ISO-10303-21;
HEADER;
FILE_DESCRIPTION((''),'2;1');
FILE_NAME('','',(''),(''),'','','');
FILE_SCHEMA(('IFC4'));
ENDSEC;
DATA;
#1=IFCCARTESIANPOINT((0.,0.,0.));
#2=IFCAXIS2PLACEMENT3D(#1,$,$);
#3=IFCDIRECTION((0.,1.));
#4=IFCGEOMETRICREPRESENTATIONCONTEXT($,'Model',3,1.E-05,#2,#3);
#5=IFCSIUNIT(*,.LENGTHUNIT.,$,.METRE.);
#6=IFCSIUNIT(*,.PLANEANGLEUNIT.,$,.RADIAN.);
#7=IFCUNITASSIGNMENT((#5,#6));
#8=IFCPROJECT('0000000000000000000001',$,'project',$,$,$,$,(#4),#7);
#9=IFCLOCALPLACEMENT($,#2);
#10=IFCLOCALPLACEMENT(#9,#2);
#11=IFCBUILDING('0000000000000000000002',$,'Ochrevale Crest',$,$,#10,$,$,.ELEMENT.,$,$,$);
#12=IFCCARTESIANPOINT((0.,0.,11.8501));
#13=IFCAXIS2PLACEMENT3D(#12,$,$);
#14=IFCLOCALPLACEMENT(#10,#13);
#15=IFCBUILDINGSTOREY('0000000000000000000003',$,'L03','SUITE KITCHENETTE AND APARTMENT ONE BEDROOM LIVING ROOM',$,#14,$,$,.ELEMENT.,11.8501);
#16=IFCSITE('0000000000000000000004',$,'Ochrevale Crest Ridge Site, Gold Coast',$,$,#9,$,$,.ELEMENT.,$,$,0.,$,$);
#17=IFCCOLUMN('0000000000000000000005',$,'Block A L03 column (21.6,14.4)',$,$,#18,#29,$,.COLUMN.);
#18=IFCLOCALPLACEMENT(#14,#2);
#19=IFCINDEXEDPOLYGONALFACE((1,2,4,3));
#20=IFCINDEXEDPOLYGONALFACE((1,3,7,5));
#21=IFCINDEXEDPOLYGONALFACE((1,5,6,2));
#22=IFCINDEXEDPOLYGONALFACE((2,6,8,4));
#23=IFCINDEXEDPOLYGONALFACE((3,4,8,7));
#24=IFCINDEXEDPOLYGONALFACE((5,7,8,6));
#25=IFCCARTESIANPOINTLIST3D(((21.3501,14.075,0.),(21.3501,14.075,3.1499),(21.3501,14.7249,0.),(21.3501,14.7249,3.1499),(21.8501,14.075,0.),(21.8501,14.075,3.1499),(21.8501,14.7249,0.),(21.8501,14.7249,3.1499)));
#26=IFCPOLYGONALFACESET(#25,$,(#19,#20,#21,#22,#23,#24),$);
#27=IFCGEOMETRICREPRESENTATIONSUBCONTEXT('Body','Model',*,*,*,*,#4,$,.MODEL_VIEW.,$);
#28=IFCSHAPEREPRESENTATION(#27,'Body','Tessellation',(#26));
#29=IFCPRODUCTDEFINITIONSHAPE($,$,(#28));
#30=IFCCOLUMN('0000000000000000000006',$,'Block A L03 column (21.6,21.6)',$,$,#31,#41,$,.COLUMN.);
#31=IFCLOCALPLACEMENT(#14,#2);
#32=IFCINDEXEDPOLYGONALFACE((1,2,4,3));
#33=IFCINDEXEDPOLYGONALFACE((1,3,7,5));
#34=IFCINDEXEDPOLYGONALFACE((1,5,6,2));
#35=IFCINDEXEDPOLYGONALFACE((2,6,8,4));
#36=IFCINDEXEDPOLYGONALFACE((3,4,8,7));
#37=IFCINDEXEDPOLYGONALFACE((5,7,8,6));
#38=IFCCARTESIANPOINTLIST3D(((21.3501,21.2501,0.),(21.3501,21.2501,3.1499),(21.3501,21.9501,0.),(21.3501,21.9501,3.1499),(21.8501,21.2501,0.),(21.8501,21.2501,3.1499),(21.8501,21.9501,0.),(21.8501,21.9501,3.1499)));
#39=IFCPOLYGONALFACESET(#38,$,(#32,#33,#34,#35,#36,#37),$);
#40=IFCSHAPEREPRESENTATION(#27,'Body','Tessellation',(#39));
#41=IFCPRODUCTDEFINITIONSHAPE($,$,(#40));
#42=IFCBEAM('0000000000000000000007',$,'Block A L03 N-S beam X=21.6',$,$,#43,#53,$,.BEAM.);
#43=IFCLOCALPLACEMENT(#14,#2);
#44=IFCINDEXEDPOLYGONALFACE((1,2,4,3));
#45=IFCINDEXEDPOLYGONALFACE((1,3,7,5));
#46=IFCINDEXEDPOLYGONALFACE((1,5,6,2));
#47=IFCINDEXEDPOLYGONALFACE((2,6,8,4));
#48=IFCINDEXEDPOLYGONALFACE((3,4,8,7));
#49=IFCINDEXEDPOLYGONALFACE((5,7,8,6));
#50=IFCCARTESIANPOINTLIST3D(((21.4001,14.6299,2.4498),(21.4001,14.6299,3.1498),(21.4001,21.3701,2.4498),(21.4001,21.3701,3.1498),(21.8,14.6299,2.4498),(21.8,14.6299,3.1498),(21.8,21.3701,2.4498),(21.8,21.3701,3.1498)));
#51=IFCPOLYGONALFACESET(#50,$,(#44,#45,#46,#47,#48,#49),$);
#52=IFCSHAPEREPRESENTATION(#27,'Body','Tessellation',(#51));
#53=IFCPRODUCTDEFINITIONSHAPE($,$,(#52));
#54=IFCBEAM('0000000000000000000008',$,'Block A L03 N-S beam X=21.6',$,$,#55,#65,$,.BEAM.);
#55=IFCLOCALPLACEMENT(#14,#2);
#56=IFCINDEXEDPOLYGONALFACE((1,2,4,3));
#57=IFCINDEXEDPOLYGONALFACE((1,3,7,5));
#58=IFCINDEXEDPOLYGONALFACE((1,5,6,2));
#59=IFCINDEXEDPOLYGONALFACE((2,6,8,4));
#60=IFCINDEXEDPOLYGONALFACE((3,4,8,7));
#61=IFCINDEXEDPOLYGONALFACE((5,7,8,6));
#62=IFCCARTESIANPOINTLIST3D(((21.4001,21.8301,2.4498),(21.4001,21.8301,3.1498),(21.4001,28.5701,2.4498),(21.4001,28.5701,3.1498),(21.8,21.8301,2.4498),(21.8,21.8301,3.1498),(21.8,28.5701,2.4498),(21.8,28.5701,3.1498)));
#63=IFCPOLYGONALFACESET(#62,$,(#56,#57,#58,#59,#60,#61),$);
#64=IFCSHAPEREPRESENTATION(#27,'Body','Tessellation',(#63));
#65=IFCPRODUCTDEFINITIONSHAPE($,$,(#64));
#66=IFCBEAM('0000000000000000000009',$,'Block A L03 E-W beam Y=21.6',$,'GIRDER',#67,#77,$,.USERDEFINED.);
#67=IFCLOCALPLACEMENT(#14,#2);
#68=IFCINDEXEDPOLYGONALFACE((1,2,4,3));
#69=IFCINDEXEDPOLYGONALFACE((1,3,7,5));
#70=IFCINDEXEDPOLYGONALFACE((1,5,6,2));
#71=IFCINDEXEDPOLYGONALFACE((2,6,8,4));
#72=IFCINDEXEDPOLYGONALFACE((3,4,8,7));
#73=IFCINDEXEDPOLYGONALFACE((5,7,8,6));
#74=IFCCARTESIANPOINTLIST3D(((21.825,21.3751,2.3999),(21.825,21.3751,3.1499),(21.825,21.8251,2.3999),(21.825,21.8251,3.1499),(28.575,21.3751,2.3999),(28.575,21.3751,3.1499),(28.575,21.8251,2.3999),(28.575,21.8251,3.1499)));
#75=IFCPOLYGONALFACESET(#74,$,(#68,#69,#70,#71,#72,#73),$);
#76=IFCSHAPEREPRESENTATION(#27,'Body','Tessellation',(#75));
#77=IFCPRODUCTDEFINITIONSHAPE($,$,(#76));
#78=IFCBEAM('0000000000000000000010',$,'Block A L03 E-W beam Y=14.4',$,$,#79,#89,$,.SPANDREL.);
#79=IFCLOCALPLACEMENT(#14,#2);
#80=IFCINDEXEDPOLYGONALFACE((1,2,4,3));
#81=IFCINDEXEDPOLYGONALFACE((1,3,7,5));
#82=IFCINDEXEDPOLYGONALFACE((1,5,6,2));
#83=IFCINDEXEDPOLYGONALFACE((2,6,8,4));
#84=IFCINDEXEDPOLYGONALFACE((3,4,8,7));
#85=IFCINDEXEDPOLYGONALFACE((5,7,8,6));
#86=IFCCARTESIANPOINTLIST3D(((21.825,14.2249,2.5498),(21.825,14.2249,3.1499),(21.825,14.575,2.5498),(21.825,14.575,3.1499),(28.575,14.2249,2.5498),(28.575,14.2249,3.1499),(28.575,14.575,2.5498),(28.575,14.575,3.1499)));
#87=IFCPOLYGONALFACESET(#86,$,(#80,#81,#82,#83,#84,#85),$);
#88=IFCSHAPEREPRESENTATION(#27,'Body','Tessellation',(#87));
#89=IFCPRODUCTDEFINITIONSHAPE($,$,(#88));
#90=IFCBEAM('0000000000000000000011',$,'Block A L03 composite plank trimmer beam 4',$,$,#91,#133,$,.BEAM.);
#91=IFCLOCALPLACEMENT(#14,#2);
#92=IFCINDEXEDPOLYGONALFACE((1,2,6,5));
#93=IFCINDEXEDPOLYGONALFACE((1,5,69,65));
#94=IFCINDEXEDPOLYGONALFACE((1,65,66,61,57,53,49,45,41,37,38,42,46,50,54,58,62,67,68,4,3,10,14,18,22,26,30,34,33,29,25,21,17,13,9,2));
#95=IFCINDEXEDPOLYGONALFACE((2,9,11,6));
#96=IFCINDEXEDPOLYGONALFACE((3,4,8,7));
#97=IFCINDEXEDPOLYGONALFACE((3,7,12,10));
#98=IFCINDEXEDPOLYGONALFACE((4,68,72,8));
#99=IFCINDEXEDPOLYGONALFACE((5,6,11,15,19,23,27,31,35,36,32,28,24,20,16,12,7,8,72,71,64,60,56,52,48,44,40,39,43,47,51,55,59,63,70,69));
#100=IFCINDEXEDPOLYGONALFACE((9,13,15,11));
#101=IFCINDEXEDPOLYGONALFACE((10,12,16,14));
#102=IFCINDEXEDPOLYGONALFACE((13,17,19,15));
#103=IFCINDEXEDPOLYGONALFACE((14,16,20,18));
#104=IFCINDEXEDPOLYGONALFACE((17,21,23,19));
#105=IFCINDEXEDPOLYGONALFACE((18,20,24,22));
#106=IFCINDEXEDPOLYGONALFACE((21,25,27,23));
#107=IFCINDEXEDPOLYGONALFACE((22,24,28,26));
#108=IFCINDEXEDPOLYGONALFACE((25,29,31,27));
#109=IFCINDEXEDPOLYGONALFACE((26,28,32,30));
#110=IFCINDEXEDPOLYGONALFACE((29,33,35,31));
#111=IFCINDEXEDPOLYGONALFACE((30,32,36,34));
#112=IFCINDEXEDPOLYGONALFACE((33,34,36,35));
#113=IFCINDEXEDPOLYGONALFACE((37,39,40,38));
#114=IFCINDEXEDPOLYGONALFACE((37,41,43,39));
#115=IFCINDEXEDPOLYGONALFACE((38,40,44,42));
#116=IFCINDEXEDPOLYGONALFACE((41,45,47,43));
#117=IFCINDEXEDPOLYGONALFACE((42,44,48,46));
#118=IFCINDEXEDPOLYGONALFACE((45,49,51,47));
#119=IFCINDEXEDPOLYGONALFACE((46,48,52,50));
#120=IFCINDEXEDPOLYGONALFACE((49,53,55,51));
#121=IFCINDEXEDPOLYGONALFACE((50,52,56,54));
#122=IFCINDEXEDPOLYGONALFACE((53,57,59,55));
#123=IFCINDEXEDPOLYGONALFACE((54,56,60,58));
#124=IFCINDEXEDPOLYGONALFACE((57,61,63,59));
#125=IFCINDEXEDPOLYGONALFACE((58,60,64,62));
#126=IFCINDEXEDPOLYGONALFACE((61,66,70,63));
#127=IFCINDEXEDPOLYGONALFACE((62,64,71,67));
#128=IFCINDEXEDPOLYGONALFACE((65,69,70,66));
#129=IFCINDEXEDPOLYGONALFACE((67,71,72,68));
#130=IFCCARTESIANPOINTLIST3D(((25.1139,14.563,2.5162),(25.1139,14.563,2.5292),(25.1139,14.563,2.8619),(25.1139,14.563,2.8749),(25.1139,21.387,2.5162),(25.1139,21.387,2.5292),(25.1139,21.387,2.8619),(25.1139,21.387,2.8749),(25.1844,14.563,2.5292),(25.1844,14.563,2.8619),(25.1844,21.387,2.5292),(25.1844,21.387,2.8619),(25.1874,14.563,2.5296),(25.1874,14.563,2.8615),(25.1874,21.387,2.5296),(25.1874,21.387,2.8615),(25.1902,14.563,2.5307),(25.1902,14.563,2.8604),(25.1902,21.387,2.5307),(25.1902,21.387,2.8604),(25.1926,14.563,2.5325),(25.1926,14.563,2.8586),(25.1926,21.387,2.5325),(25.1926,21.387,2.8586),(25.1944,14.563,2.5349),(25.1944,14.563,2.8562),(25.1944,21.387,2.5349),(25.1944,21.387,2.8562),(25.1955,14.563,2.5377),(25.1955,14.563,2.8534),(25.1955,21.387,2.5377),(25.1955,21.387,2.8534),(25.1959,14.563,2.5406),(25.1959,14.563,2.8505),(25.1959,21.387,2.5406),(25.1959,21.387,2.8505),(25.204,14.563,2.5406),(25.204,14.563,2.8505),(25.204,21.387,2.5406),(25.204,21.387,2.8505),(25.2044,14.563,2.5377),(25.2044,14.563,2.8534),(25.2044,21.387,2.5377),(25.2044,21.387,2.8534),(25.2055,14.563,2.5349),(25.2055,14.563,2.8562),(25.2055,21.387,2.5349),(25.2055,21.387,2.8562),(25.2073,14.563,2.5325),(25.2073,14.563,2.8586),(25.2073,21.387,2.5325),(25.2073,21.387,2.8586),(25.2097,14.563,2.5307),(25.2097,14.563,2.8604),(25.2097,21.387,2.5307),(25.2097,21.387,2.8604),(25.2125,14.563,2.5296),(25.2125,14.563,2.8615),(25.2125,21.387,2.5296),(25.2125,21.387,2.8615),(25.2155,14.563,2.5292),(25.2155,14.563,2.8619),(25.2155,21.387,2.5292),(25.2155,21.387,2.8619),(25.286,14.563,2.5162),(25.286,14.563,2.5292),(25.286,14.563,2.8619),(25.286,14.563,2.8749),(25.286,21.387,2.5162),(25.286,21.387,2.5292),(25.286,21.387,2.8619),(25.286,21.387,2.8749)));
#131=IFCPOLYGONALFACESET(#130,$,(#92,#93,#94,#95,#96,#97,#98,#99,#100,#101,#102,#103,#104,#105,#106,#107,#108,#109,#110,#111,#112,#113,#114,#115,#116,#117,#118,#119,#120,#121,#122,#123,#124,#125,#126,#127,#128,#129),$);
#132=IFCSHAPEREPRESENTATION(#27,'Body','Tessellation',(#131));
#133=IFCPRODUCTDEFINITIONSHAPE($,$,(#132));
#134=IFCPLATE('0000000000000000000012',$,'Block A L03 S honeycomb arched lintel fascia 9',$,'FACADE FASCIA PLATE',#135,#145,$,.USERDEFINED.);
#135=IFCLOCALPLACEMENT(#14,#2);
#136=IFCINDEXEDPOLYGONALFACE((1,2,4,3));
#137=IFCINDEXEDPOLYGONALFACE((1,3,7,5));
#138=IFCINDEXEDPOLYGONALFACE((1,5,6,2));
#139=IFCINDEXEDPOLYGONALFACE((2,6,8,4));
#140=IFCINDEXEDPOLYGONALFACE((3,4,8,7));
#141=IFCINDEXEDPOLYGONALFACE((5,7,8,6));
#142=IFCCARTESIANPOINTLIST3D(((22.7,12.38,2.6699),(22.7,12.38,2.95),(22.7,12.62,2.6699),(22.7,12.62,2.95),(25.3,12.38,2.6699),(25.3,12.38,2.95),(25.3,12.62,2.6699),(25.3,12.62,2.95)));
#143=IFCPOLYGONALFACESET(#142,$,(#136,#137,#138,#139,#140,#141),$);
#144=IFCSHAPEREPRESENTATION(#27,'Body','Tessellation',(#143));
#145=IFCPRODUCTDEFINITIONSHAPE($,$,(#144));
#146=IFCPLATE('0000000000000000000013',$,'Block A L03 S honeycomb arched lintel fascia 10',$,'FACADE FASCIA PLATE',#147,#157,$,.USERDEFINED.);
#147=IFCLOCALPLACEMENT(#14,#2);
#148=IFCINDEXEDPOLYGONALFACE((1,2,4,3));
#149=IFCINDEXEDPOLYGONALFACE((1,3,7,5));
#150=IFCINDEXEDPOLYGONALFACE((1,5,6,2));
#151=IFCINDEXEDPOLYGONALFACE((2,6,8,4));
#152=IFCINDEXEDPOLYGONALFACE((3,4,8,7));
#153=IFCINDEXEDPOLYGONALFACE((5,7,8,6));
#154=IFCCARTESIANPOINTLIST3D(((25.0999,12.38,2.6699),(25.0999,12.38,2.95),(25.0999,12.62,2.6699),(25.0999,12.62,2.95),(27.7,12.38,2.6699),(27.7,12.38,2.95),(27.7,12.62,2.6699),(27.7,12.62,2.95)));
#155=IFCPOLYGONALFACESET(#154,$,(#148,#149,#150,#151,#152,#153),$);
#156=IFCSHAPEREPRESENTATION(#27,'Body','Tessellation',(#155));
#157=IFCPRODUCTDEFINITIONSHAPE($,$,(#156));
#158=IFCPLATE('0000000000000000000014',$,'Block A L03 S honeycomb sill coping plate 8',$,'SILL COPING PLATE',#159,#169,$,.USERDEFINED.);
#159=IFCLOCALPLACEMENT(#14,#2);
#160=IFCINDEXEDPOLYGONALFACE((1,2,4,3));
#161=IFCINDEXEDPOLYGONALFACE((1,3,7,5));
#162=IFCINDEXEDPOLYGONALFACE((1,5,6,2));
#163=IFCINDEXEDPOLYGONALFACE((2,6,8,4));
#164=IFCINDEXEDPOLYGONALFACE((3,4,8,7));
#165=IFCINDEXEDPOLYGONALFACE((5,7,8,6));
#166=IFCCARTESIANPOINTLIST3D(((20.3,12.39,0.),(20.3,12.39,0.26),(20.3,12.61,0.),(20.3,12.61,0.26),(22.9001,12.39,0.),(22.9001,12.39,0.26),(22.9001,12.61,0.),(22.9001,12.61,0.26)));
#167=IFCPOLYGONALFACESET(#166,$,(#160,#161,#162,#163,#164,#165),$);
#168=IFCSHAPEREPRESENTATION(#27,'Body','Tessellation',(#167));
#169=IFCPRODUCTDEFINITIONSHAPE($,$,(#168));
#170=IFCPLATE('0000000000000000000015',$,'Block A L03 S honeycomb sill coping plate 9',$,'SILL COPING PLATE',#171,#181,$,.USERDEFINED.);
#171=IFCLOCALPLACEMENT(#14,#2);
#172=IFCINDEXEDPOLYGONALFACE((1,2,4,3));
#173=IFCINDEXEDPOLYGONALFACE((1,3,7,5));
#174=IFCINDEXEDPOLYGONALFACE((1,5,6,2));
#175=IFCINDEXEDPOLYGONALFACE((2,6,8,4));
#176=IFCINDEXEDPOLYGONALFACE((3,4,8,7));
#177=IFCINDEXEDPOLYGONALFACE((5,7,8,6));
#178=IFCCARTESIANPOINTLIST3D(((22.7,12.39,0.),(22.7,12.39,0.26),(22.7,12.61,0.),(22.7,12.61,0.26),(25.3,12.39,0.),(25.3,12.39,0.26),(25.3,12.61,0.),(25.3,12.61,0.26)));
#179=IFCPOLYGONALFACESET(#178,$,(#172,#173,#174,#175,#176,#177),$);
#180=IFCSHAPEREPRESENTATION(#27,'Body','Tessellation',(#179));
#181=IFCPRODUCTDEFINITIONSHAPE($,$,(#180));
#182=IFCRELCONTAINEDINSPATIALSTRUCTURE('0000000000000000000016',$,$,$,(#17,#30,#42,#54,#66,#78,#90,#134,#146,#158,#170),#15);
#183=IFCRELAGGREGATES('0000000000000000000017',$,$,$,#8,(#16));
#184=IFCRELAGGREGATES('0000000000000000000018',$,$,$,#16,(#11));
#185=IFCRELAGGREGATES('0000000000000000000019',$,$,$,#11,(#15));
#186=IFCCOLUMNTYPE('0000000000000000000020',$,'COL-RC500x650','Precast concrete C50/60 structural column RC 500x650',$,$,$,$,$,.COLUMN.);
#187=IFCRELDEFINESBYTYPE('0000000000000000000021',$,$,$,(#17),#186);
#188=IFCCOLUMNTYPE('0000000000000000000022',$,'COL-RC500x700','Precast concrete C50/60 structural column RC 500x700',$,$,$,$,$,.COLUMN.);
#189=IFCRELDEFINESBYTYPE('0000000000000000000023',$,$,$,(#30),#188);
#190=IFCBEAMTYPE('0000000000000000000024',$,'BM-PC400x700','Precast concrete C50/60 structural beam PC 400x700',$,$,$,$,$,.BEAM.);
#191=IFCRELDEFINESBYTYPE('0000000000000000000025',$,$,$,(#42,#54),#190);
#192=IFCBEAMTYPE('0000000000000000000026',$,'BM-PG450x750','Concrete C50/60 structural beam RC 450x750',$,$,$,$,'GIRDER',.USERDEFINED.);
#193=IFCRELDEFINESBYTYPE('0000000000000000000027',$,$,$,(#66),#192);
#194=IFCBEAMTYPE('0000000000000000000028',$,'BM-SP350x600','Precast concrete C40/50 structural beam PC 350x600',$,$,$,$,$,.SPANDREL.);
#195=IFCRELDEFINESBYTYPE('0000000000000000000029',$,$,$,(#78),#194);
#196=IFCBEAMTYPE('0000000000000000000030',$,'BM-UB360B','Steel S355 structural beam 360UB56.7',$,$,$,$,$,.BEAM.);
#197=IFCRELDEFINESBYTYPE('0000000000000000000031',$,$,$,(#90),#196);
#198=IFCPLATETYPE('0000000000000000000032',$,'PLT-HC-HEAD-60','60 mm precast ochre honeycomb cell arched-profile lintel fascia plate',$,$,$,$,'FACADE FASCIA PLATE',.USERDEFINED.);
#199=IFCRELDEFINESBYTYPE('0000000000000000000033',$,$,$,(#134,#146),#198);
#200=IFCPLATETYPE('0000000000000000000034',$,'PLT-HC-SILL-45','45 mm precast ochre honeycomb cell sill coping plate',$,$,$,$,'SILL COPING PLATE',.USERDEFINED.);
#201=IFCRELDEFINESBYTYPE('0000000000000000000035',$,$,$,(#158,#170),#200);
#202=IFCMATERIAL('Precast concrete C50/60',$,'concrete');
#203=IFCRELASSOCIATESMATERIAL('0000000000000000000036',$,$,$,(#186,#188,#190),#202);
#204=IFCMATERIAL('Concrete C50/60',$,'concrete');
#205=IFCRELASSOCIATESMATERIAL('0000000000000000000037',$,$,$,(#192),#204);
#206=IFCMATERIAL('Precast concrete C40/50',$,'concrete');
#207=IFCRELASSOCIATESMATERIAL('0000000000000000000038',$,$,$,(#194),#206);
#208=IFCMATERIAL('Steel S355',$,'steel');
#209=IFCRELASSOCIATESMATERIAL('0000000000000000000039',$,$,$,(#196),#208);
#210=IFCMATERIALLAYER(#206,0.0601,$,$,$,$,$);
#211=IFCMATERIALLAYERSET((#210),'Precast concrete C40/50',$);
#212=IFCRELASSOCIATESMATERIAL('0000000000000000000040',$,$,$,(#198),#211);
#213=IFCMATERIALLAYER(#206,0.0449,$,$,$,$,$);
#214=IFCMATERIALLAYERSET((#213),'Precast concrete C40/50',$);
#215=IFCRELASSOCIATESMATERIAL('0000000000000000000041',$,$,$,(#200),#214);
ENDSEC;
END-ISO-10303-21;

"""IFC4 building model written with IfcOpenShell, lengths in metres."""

from ifc_helpers import new_model, si_unit, direction, frame, origin, origin_2d, place, context, subcontext, project, spatial, rectangle, i_section, extrude, material, layer, layer_set, material_profile, profile_set, type_object, element, save


model = new_model("IFC4")

# Units and contexts
model_context = context("Model", 3, precision=1e-05, world=origin(), true_north=direction((0.0, 1.0)))
body_context = subcontext(model_context, "Body", "Model", "MODEL_VIEW")
ifc_project = project(units=[si_unit("LENGTHUNIT", "METRE"), si_unit("PLANEANGLEUNIT", "RADIAN")], contexts=[model_context])

# Site, building, storey
site_placement = place(None, origin())
site = spatial("IfcSite", under=ifc_project, at=site_placement, Name="Ochrevale Crest Ridge Site, Gold Coast", CompositionType="ELEMENT", RefElevation=0.0)
building_placement = place(site_placement, origin())
building = spatial("IfcBuilding", under=site, at=building_placement, Name="Ochrevale Crest", CompositionType="ELEMENT")
storey_placement = place(building_placement, frame((0.0, 0.0, 11.8501)))
storey = spatial("IfcBuildingStorey", under=building, at=storey_placement, Name="L03", Description="SUITE KITCHENETTE AND APARTMENT ONE BEDROOM LIVING ROOM", CompositionType="ELEMENT", Elevation=11.8501)

# Columns
ifc_material_1 = material(Name="Precast concrete C50/60", Category="concrete")
ifc_material_profile_1 = material_profile(ifc_material_1, rectangle(XDim=0.5, YDim=0.6499, at=origin_2d()), Name="RC 500x650")
ifc_profile_set_1 = profile_set([ifc_material_profile_1], Name="Precast concrete C50/60")
column_type_1 = type_object("IfcColumnType", Name="COL-RC500x650", Description="Precast concrete C50/60 structural column RC 500x650", PredefinedType="COLUMN", material=ifc_profile_set_1)
column_1_placement = place(storey_placement, frame((21.6001, 14.3999, 0.0), z_axis=(0.0, 0.0, 1.0), x_axis=(1.0, 0.0, 0.0)))
element("IfcColumn", 1, at=column_1_placement, inside=storey, type_object=column_type_1, Name="Block A L03 column (21.6,14.4)", PredefinedType="COLUMN", context=body_context, shape_type="SweptSolid", body=[
    extrude(rectangle(XDim=0.5, YDim=0.6499, at=origin_2d()), origin(), (0.0, 0.0, 1.0), 3.1499),
])
ifc_material_profile_2 = material_profile(ifc_material_1, rectangle(XDim=0.5, YDim=0.7, at=origin_2d()), Name="RC 500x700")
ifc_profile_set_2 = profile_set([ifc_material_profile_2], Name="Precast concrete C50/60")
column_type_2 = type_object("IfcColumnType", Name="COL-RC500x700", Description="Precast concrete C50/60 structural column RC 500x700", PredefinedType="COLUMN", material=ifc_profile_set_2)
column_2_placement = place(storey_placement, frame((21.6001, 21.6001, 0.0), z_axis=(0.0, 0.0, 1.0), x_axis=(1.0, 0.0, 0.0)))
element("IfcColumn", 2, at=column_2_placement, inside=storey, type_object=column_type_2, Name="Block A L03 column (21.6,21.6)", PredefinedType="COLUMN", context=body_context, shape_type="SweptSolid", body=[
    extrude(rectangle(XDim=0.5, YDim=0.7, at=origin_2d()), origin(), (0.0, 0.0, 1.0), 3.1499),
])

# Beams
ifc_material_profile_3 = material_profile(ifc_material_1, rectangle(XDim=0.3999, YDim=0.7, at=origin_2d()), Name="PC 400x700")
ifc_profile_set_3 = profile_set([ifc_material_profile_3], Name="Precast concrete C50/60")
beam_type_1 = type_object("IfcBeamType", Name="BM-PC400x700", Description="Precast concrete C50/60 structural beam PC 400x700", PredefinedType="BEAM", material=ifc_profile_set_3)
beam_1_placement = place(storey_placement, frame((21.6001, 14.6299, 2.7998), z_axis=(0.0, 1.0, 0.0), x_axis=(-1.0, 0.0, 0.0)))
element("IfcBeam", 3, at=beam_1_placement, inside=storey, type_object=beam_type_1, Name="Block A L03 N-S beam X=21.6", PredefinedType="BEAM", context=body_context, shape_type="SweptSolid", body=[
    extrude(rectangle(XDim=0.3999, YDim=0.7, at=origin_2d()), origin(), (0.0, 0.0, 1.0), 6.7402),
])
beam_2_placement = place(storey_placement, frame((21.6001, 21.8301, 2.7998), z_axis=(0.0, 1.0, 0.0), x_axis=(-1.0, 0.0, 0.0)))
element("IfcBeam", 4, at=beam_2_placement, inside=storey, type_object=beam_type_1, Name="Block A L03 N-S beam X=21.6", PredefinedType="BEAM", context=body_context, shape_type="SweptSolid", body=[
    extrude(rectangle(XDim=0.3999, YDim=0.7, at=origin_2d()), origin(), (0.0, 0.0, 1.0), 6.74),
])
ifc_material_2 = material(Name="Concrete C50/60", Category="concrete")
ifc_material_profile_4 = material_profile(ifc_material_2, rectangle(XDim=0.45, YDim=0.75, at=origin_2d()), Name="RC 450x750")
ifc_profile_set_4 = profile_set([ifc_material_profile_4], Name="Concrete C50/60")
beam_type_2 = type_object("IfcBeamType", Name="BM-PG450x750", Description="Concrete C50/60 structural beam RC 450x750", ElementType="GIRDER", PredefinedType="USERDEFINED", material=ifc_profile_set_4)
beam_3_placement = place(storey_placement, frame((21.825, 21.6001, 2.7749), z_axis=(1.0, 0.0, 0.0), x_axis=(0.0, 1.0, 0.0)))
element("IfcBeam", 5, at=beam_3_placement, inside=storey, type_object=beam_type_2, Name="Block A L03 E-W beam Y=21.6", ObjectType="GIRDER", PredefinedType="USERDEFINED", context=body_context, shape_type="SweptSolid", body=[
    extrude(rectangle(XDim=0.45, YDim=0.75, at=origin_2d()), origin(), (0.0, 0.0, 1.0), 6.75),
])
ifc_material_3 = material(Name="Precast concrete C40/50", Category="concrete")
ifc_material_profile_5 = material_profile(ifc_material_3, rectangle(XDim=0.3501, YDim=0.6001, at=origin_2d()), Name="PC 350x600")
ifc_profile_set_5 = profile_set([ifc_material_profile_5], Name="Precast concrete C40/50")
beam_type_3 = type_object("IfcBeamType", Name="BM-SP350x600", Description="Precast concrete C40/50 structural beam PC 350x600", PredefinedType="SPANDREL", material=ifc_profile_set_5)
beam_4_placement = place(storey_placement, frame((21.825, 14.3999, 2.8499), z_axis=(1.0, 0.0, 0.0), x_axis=(0.0, 1.0, 0.0)))
element("IfcBeam", 6, at=beam_4_placement, inside=storey, type_object=beam_type_3, Name="Block A L03 E-W beam Y=14.4", PredefinedType="SPANDREL", context=body_context, shape_type="SweptSolid", body=[
    extrude(rectangle(XDim=0.3501, YDim=0.6001, at=origin_2d()), origin(), (0.0, 0.0, 1.0), 6.75),
])
ifc_material_4 = material(Name="Steel S355", Category="steel")
ifc_material_profile_6 = material_profile(ifc_material_4, i_section(OverallWidth=0.1721, OverallDepth=0.3586, WebThickness=0.0081, FlangeThickness=0.0129, FilletRadius=0.0115, at=origin_2d()), Name="360UB56.7")
ifc_profile_set_6 = profile_set([ifc_material_profile_6], Name="Steel S355")
beam_type_4 = type_object("IfcBeamType", Name="BM-UB360B", Description="Steel S355 structural beam 360UB56.7", PredefinedType="BEAM", material=ifc_profile_set_6)
beam_5_placement = place(storey_placement, frame((25.2, 14.563, 2.6956), z_axis=(0.0, 1.0, 0.0), x_axis=(-1.0, 0.0, 0.0)))
element("IfcBeam", 7, at=beam_5_placement, inside=storey, type_object=beam_type_4, Name="Block A L03 composite plank trimmer beam 4", PredefinedType="BEAM", context=body_context, shape_type="SweptSolid", body=[
    extrude(i_section(OverallWidth=0.1721, OverallDepth=0.3586, WebThickness=0.0081, FlangeThickness=0.0129, FilletRadius=0.0115, at=origin_2d()), origin(), (0.0, 0.0, 1.0), 6.824),
])

# Plates
ifc_layer_1 = layer(ifc_material_3, 0.0601)
ifc_layer_set_1 = layer_set([ifc_layer_1], Name="Precast concrete C40/50")
plate_type_1 = type_object("IfcPlateType", Name="PLT-HC-HEAD-60", Description="60 mm precast ochre honeycomb cell arched-profile lintel fascia plate", ElementType="FACADE FASCIA PLATE", PredefinedType="USERDEFINED", material=ifc_layer_set_1)
for number, where, z_axis, x_axis, name in (
    (8, (24.0, 12.5, 2.6699), (0.0, 0.0, 1.0), (1.0, 0.0, 0.0), "Block A L03 S honeycomb arched lintel fascia 9"),
    (9, (26.3999, 12.5, 2.6699), (0.0, 0.0, 1.0), (1.0, 0.0, 0.0), "Block A L03 S honeycomb arched lintel fascia 10"),
):
    element("IfcPlate", number, at=place(storey_placement, frame(where, z_axis=z_axis, x_axis=x_axis)), inside=storey, type_object=plate_type_1, Name=name, ObjectType="FACADE FASCIA PLATE", PredefinedType="USERDEFINED", context=body_context, shape_type="SweptSolid", body=[
        extrude(rectangle(XDim=2.6001, YDim=0.24, at=origin_2d()), origin(), (0.0, 0.0, 1.0), 0.28),
    ])
ifc_layer_2 = layer(ifc_material_3, 0.0449)
ifc_layer_set_2 = layer_set([ifc_layer_2], Name="Precast concrete C40/50")
plate_type_2 = type_object("IfcPlateType", Name="PLT-HC-SILL-45", Description="45 mm precast ochre honeycomb cell sill coping plate", ElementType="SILL COPING PLATE", PredefinedType="USERDEFINED", material=ifc_layer_set_2)
for number, where, z_axis, x_axis, name in (
    (10, (21.6001, 12.5, 0.0), (0.0, 0.0, 1.0), (1.0, 0.0, 0.0), "Block A L03 S honeycomb sill coping plate 8"),
    (11, (24.0, 12.5, 0.0), (0.0, 0.0, 1.0), (1.0, 0.0, 0.0), "Block A L03 S honeycomb sill coping plate 9"),
):
    element("IfcPlate", number, at=place(storey_placement, frame(where, z_axis=z_axis, x_axis=x_axis)), inside=storey, type_object=plate_type_2, Name=name, ObjectType="SILL COPING PLATE", PredefinedType="USERDEFINED", context=body_context, shape_type="SweptSolid", body=[
        extrude(rectangle(XDim=2.6001, YDim=0.22, at=origin_2d()), origin(), (0.0, 0.0, 1.0), 0.26),
    ])

save(model, "model.ifc")
